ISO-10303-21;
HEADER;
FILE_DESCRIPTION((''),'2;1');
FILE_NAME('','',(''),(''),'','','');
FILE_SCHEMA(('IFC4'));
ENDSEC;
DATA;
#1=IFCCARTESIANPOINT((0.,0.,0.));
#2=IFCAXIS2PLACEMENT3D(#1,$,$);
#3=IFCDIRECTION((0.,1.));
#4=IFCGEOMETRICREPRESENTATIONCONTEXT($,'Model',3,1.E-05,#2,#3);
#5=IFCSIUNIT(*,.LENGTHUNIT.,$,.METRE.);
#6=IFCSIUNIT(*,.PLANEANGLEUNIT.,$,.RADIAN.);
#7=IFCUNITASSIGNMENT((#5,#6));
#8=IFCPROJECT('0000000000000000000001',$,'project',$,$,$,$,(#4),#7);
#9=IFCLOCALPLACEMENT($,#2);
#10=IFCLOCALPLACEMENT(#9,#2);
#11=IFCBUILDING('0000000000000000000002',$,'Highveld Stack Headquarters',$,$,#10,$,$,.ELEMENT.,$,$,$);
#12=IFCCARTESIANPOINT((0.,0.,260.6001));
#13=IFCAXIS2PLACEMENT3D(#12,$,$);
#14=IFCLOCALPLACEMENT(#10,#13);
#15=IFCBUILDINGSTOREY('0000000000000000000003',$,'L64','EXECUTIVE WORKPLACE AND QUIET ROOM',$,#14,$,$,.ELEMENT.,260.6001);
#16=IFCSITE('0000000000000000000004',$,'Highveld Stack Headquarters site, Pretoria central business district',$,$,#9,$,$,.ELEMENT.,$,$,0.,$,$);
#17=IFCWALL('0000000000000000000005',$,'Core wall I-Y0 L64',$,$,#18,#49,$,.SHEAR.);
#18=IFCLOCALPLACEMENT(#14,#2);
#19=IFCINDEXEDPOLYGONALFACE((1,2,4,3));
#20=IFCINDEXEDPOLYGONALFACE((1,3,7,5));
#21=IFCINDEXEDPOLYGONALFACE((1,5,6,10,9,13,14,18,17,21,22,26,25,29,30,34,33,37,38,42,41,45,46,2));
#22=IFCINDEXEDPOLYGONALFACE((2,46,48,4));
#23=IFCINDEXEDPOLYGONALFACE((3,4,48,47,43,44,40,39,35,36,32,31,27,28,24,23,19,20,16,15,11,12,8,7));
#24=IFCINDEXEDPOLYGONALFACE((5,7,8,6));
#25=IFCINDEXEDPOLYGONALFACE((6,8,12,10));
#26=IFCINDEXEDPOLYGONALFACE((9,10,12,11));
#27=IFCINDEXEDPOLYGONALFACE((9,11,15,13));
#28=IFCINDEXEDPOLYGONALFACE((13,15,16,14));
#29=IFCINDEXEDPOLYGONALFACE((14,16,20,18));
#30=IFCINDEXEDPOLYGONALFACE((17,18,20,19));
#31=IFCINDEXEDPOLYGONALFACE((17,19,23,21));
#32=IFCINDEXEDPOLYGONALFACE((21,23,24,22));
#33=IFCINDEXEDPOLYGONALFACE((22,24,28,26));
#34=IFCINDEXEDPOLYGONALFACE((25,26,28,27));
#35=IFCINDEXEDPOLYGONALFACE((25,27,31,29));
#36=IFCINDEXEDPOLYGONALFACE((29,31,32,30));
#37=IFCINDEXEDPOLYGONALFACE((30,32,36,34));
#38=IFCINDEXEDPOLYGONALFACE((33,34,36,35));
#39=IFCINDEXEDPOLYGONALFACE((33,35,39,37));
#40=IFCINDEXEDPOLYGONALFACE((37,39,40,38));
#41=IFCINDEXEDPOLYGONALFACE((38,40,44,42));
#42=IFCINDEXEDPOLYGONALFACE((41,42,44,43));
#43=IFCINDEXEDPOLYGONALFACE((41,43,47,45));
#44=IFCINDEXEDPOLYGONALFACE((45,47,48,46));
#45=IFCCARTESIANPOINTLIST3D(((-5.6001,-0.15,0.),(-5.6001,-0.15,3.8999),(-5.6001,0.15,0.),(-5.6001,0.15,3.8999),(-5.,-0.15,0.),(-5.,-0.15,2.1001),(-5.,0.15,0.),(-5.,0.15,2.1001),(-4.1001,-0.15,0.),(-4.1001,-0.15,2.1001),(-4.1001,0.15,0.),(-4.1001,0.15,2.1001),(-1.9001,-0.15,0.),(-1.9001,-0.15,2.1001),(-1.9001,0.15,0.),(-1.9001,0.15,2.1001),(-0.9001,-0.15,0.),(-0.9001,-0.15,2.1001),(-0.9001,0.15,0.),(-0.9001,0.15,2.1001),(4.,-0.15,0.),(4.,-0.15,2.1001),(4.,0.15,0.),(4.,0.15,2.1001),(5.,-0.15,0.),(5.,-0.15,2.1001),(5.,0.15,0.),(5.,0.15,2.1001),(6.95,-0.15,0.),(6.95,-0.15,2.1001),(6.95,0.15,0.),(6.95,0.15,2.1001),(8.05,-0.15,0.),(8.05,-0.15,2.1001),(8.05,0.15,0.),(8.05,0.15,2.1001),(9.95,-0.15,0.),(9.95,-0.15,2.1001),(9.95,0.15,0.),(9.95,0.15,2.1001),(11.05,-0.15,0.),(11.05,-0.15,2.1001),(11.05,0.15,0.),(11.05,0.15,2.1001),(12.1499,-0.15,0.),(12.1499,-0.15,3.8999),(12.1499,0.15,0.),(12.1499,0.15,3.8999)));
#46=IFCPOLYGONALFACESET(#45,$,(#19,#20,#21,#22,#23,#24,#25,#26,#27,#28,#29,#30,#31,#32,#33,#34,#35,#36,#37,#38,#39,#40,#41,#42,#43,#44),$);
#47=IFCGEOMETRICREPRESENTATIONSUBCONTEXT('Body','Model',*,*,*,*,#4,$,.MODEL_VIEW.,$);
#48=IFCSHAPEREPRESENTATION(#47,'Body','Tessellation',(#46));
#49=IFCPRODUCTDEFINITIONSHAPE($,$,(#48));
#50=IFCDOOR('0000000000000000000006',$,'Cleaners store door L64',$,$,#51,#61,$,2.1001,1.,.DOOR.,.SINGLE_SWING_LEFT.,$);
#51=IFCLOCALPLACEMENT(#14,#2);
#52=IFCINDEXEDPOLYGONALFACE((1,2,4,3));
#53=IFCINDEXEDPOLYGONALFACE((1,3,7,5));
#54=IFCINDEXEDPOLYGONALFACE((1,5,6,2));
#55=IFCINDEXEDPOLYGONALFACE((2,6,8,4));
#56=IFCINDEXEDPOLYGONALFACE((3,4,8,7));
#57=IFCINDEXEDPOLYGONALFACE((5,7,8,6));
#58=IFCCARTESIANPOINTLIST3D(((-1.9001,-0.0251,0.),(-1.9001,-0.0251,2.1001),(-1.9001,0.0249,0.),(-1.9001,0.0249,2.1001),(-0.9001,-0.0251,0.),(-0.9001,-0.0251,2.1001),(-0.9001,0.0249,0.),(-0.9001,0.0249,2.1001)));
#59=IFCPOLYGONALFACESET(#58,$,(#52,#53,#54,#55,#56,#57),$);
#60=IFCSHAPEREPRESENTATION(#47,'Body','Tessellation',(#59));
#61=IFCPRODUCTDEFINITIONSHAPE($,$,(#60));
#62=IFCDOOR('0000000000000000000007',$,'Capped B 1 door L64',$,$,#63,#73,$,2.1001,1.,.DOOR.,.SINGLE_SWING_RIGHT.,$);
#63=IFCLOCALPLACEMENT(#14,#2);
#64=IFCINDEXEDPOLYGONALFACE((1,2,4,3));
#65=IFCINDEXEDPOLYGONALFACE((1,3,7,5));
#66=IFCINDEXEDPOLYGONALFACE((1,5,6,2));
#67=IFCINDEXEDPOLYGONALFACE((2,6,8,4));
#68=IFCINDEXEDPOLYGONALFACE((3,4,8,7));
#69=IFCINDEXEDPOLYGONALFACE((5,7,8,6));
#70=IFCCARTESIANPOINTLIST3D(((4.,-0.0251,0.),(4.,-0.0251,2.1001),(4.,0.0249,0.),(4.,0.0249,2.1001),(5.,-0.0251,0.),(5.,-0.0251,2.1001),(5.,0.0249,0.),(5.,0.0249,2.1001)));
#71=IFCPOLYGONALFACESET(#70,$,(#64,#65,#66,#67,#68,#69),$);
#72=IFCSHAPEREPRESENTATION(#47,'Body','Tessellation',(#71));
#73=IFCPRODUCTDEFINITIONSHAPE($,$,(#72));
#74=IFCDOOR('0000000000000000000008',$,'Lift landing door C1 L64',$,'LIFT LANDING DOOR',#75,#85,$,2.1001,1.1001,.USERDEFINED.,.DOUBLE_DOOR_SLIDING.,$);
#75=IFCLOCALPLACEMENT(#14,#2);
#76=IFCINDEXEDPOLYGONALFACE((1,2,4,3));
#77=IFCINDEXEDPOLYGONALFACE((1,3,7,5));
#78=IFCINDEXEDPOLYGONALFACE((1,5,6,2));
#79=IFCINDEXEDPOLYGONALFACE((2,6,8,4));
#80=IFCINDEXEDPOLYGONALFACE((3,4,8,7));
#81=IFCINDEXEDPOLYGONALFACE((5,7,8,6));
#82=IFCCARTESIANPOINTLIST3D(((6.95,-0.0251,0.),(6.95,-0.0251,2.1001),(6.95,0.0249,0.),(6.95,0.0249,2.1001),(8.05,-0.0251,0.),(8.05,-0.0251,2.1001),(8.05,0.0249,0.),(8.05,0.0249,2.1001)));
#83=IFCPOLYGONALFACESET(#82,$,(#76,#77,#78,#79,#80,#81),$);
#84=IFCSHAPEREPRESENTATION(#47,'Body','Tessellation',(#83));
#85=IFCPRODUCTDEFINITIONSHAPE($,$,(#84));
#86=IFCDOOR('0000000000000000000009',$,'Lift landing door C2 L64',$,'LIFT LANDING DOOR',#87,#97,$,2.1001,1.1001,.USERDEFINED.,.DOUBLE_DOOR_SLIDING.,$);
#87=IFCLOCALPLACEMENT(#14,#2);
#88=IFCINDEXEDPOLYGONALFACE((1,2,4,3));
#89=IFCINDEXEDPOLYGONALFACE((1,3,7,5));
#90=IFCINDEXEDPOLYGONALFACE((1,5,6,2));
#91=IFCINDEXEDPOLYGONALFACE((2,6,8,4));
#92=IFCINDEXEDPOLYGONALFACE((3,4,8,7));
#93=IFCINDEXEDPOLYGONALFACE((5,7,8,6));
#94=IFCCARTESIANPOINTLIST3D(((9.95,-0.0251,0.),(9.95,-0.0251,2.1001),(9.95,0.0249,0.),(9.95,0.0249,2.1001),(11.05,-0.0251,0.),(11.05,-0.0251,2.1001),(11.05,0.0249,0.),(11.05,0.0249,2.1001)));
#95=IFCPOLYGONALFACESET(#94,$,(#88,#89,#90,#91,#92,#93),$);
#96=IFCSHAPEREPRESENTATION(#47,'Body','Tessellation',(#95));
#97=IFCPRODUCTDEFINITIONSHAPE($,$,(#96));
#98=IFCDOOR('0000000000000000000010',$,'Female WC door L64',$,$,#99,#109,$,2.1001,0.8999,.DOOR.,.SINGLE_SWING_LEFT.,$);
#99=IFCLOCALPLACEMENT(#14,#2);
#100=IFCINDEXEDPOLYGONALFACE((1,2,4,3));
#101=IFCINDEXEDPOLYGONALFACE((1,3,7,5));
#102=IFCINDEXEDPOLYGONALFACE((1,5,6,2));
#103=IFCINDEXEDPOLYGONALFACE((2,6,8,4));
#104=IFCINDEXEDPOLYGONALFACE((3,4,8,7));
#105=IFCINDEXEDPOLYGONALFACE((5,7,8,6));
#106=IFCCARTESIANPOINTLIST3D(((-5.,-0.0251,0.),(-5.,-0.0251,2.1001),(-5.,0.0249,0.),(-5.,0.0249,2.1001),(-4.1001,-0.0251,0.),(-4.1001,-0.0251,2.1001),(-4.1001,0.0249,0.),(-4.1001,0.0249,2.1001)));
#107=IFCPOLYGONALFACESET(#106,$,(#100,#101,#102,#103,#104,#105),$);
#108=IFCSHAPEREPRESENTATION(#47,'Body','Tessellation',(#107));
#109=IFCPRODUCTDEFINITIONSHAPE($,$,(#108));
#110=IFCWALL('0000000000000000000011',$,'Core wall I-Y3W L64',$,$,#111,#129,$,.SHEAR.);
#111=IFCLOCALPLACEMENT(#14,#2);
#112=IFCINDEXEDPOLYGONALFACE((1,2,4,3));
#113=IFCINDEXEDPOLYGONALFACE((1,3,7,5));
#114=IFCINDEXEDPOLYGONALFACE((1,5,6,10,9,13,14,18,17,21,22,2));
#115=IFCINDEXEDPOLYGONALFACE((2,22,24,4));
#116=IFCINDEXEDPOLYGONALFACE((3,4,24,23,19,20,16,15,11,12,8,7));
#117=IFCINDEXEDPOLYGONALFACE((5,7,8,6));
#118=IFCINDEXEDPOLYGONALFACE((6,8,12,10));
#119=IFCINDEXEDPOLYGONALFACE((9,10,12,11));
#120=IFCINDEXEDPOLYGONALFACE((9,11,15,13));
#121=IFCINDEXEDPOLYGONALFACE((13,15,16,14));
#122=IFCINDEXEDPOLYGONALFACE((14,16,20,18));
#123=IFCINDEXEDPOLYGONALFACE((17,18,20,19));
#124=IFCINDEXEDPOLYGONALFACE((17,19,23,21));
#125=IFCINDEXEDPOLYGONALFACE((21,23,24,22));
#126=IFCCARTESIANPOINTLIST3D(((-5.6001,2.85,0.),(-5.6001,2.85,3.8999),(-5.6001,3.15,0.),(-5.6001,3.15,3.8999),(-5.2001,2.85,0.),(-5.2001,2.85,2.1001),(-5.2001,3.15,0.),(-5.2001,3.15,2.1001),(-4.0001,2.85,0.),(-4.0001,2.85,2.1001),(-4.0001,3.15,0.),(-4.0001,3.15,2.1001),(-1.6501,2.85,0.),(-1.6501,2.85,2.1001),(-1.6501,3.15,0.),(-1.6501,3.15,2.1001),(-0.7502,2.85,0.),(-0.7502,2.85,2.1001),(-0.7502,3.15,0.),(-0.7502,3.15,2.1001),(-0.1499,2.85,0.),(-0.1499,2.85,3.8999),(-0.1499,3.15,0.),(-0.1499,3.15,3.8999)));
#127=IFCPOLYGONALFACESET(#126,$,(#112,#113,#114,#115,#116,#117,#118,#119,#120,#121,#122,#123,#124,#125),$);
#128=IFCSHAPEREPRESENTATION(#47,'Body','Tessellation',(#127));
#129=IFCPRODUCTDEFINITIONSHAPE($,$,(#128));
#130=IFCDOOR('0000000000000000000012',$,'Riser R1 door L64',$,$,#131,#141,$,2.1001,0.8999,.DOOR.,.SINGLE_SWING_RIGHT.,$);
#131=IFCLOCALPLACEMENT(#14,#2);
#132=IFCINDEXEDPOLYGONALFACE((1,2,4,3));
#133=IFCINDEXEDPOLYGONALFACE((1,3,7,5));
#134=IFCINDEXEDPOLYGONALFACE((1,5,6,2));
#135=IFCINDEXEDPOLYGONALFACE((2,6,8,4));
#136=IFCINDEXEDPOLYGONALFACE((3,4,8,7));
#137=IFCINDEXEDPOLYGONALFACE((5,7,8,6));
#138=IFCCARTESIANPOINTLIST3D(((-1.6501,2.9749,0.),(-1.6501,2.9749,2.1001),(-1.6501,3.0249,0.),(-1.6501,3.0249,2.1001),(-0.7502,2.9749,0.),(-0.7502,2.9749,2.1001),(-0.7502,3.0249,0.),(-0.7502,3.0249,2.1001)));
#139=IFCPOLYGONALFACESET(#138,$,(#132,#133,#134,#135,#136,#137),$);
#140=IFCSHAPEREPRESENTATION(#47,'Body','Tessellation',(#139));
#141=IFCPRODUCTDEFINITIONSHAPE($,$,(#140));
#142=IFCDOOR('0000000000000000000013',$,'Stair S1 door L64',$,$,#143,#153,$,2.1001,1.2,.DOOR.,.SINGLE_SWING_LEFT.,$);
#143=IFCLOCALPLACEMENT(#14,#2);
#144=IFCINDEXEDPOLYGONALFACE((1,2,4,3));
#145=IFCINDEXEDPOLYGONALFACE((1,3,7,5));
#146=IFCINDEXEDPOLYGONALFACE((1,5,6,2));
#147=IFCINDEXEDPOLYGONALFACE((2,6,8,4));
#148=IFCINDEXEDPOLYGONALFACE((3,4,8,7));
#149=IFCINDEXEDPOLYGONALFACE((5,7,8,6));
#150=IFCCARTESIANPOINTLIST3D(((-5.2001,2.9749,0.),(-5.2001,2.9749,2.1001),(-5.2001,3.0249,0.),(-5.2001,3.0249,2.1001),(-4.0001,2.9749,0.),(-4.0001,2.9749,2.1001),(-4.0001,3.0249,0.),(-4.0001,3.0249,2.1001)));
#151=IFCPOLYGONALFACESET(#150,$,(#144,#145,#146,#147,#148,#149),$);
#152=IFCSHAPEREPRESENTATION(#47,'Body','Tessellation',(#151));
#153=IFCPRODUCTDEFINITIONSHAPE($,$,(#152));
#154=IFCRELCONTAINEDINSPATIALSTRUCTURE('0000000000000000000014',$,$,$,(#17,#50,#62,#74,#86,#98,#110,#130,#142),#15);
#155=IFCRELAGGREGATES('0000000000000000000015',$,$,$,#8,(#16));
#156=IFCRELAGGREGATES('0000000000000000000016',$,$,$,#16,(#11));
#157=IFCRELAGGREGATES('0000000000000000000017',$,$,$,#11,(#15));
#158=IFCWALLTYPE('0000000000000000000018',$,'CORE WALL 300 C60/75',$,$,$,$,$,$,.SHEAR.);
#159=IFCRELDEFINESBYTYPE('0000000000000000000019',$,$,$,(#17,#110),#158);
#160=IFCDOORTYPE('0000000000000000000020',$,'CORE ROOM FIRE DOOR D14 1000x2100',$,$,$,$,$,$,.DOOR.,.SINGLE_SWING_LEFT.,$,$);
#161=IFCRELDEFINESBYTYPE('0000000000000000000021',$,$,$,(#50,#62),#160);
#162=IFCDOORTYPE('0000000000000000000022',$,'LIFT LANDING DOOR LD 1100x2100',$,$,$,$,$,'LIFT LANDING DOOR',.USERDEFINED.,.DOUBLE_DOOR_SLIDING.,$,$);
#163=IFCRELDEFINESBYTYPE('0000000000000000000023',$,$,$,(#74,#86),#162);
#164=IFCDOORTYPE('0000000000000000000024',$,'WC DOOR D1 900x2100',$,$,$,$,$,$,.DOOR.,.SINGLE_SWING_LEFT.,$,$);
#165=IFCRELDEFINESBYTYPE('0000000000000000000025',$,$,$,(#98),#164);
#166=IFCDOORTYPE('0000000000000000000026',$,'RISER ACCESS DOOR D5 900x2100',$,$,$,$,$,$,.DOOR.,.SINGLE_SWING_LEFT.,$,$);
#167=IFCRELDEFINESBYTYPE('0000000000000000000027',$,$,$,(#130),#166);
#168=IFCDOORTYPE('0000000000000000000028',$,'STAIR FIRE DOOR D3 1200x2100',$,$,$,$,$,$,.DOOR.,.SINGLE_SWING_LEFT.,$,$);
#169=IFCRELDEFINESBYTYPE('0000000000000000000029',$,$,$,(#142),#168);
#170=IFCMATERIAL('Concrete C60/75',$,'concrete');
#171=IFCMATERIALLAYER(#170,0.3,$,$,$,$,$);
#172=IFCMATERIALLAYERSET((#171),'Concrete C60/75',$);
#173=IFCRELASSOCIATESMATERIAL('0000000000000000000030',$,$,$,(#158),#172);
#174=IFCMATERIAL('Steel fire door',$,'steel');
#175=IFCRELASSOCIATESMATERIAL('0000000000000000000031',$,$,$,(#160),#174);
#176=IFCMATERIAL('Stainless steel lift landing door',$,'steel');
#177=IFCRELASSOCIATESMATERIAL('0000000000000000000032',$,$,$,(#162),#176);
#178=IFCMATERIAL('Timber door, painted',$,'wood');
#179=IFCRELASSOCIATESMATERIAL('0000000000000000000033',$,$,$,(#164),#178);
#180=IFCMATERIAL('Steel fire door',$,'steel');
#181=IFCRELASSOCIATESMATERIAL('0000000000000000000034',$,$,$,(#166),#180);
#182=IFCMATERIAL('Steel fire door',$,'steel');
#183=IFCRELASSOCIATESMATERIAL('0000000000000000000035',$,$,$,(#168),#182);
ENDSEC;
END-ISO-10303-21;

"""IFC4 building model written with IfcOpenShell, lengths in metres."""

from ifc_helpers import new_model, si_unit, direction, frame, frame_2d, origin, place, context, subcontext, project, spatial, rectangle, extrude, material, layer, layer_set, type_object, element, fill, save


model = new_model("IFC4")

# Units and contexts
model_context = context("Model", 3, precision=1e-05, world=origin(), true_north=direction((0.0, 1.0)))
body_context = subcontext(model_context, "Body", "Model", "MODEL_VIEW")
ifc_project = project(units=[si_unit("LENGTHUNIT", "METRE"), si_unit("PLANEANGLEUNIT", "RADIAN")], contexts=[model_context])

# Site, building, storey
site_placement = place(None, origin())
site = spatial("IfcSite", under=ifc_project, at=site_placement, Name="Highveld Stack Headquarters site, Pretoria central business district", CompositionType="ELEMENT", RefElevation=0.0)
building_placement = place(site_placement, origin())
building = spatial("IfcBuilding", under=site, at=building_placement, Name="Highveld Stack Headquarters", CompositionType="ELEMENT")
storey_placement = place(building_placement, frame((0.0, 0.0, 260.6001)))
storey = spatial("IfcBuildingStorey", under=building, at=storey_placement, Name="L64", Description="EXECUTIVE WORKPLACE AND QUIET ROOM", CompositionType="ELEMENT", Elevation=260.6001)

# Walls, openings, doors
ifc_material_1 = material(Name="Concrete C60/75", Category="concrete")
ifc_layer_1 = layer(ifc_material_1, 0.3)
ifc_layer_set_1 = layer_set([ifc_layer_1], Name="Concrete C60/75")
wall_type_1 = type_object("IfcWallType", Name="CORE WALL 300 C60/75", PredefinedType="SHEAR", material=ifc_layer_set_1)
wall_1_placement = place(storey_placement, frame((-5.6001, 0.0, 0.0), z_axis=(0.0, 0.0, 1.0), x_axis=(1.0, 0.0, 0.0)))
wall_1 = element("IfcWall", 1, at=wall_1_placement, inside=storey, type_object=wall_type_1, Name="Core wall I-Y0 L64", PredefinedType="SHEAR", context=body_context, shape_type="SweptSolid", body=[
    extrude(rectangle(XDim=17.75, YDim=0.3, at=frame_2d((8.875, 0.0))), origin(), (0.0, 0.0, 1.0), 3.8999),
])
opening_1_placement = place(wall_1_placement, frame((0.6001, 0.0, 0.0)))
opening_1 = element("IfcOpeningElement", 2, at=opening_1_placement, cuts=wall_1, PredefinedType="OPENING", context=body_context, shape_type="SweptSolid", body=[
    extrude(rectangle(XDim=0.8999, YDim=2.1001, at=frame_2d((0.45, 1.05))), frame((0.0, 0.1599, 0.0), z_axis=(0.0, -1.0, 0.0), x_axis=(1.0, 0.0, 0.0)), (0.0, 0.0, 1.0), 0.3201),
])
opening_2_placement = place(wall_1_placement, frame((3.7, 0.0, 0.0)))
opening_2 = element("IfcOpeningElement", 3, at=opening_2_placement, cuts=wall_1, PredefinedType="OPENING", context=body_context, shape_type="SweptSolid", body=[
    extrude(rectangle(XDim=1.0, YDim=2.1001, at=frame_2d((0.5, 1.05))), frame((0.0, 0.1599, 0.0), z_axis=(0.0, -1.0, 0.0), x_axis=(1.0, 0.0, 0.0)), (0.0, 0.0, 1.0), 0.3201),
])
opening_3_placement = place(wall_1_placement, frame((9.6001, 0.0, 0.0)))
opening_3 = element("IfcOpeningElement", 4, at=opening_3_placement, cuts=wall_1, PredefinedType="OPENING", context=body_context, shape_type="SweptSolid", body=[
    extrude(rectangle(XDim=1.0, YDim=2.1001, at=frame_2d((0.5, 1.05))), frame((0.0, 0.1599, 0.0), z_axis=(0.0, -1.0, 0.0), x_axis=(1.0, 0.0, 0.0)), (0.0, 0.0, 1.0), 0.3201),
])
opening_4_placement = place(wall_1_placement, frame((12.55, 0.0, 0.0)))
opening_4 = element("IfcOpeningElement", 5, at=opening_4_placement, cuts=wall_1, PredefinedType="OPENING", context=body_context, shape_type="SweptSolid", body=[
    extrude(rectangle(XDim=1.1001, YDim=2.1001, at=frame_2d((0.55, 1.05))), frame((0.0, 0.1599, 0.0), z_axis=(0.0, -1.0, 0.0), x_axis=(1.0, 0.0, 0.0)), (0.0, 0.0, 1.0), 0.3201),
])
opening_5_placement = place(wall_1_placement, frame((15.55, 0.0, 0.0)))
opening_5 = element("IfcOpeningElement", 6, at=opening_5_placement, cuts=wall_1, PredefinedType="OPENING", context=body_context, shape_type="SweptSolid", body=[
    extrude(rectangle(XDim=1.1001, YDim=2.1001, at=frame_2d((0.55, 1.05))), frame((0.0, 0.1599, 0.0), z_axis=(0.0, -1.0, 0.0), x_axis=(1.0, 0.0, 0.0)), (0.0, 0.0, 1.0), 0.3201),
])
ifc_material_2 = material(Name="Steel fire door", Category="steel")
door_type_1 = type_object("IfcDoorType", Name="CORE ROOM FIRE DOOR D14 1000x2100", OperationType="SINGLE_SWING_LEFT", PredefinedType="DOOR", material=ifc_material_2)
door_1_placement = place(opening_2_placement, origin())
door_1 = element("IfcDoor", 7, at=door_1_placement, inside=storey, type_object=door_type_1, Name="Cleaners store door L64", OperationType="SINGLE_SWING_LEFT", OverallHeight=2.1001, OverallWidth=1.0, PredefinedType="DOOR", context=body_context, shape_type="SweptSolid", body=[
    extrude(rectangle(XDim=1.0, YDim=2.1001, at=frame_2d((0.5, 1.05))), frame((0.0, 0.0249, 0.0), z_axis=(0.0, -1.0, 0.0), x_axis=(1.0, 0.0, 0.0)), (0.0, 0.0, 1.0), 0.05),
])
fill(opening_2, door_1)
door_2_placement = place(opening_3_placement, origin())
door_2 = element("IfcDoor", 8, at=door_2_placement, inside=storey, type_object=door_type_1, Name="Capped B 1 door L64", OperationType="SINGLE_SWING_RIGHT", OverallHeight=2.1001, OverallWidth=1.0, PredefinedType="DOOR", context=body_context, shape_type="SweptSolid", body=[
    extrude(rectangle(XDim=1.0, YDim=2.1001, at=frame_2d((0.5, 1.05))), frame((0.0, 0.0249, 0.0), z_axis=(0.0, -1.0, 0.0), x_axis=(1.0, 0.0, 0.0)), (0.0, 0.0, 1.0), 0.05),
])
fill(opening_3, door_2)
ifc_material_3 = material(Name="Stainless steel lift landing door", Category="steel")
door_type_2 = type_object("IfcDoorType", Name="LIFT LANDING DOOR LD 1100x2100", ElementType="LIFT LANDING DOOR", OperationType="DOUBLE_DOOR_SLIDING", PredefinedType="USERDEFINED", material=ifc_material_3)
door_3_placement = place(opening_4_placement, origin())
door_3 = element("IfcDoor", 9, at=door_3_placement, inside=storey, type_object=door_type_2, Name="Lift landing door C1 L64", ObjectType="LIFT LANDING DOOR", OperationType="DOUBLE_DOOR_SLIDING", OverallHeight=2.1001, OverallWidth=1.1001, PredefinedType="USERDEFINED", context=body_context, shape_type="SweptSolid", body=[
    extrude(rectangle(XDim=1.1001, YDim=2.1001, at=frame_2d((0.55, 1.05))), frame((0.0, 0.0249, 0.0), z_axis=(0.0, -1.0, 0.0), x_axis=(1.0, 0.0, 0.0)), (0.0, 0.0, 1.0), 0.05),
])
fill(opening_4, door_3)
door_4_placement = place(opening_5_placement, origin())
door_4 = element("IfcDoor", 10, at=door_4_placement, inside=storey, type_object=door_type_2, Name="Lift landing door C2 L64", ObjectType="LIFT LANDING DOOR", OperationType="DOUBLE_DOOR_SLIDING", OverallHeight=2.1001, OverallWidth=1.1001, PredefinedType="USERDEFINED", context=body_context, shape_type="SweptSolid", body=[
    extrude(rectangle(XDim=1.1001, YDim=2.1001, at=frame_2d((0.55, 1.05))), frame((0.0, 0.0249, 0.0), z_axis=(0.0, -1.0, 0.0), x_axis=(1.0, 0.0, 0.0)), (0.0, 0.0, 1.0), 0.05),
])
fill(opening_5, door_4)
ifc_material_4 = material(Name="Timber door, painted", Category="wood")
door_type_3 = type_object("IfcDoorType", Name="WC DOOR D1 900x2100", OperationType="SINGLE_SWING_LEFT", PredefinedType="DOOR", material=ifc_material_4)
door_5_placement = place(opening_1_placement, origin())
door_5 = element("IfcDoor", 11, at=door_5_placement, inside=storey, type_object=door_type_3, Name="Female WC door L64", OperationType="SINGLE_SWING_LEFT", OverallHeight=2.1001, OverallWidth=0.8999, PredefinedType="DOOR", context=body_context, shape_type="SweptSolid", body=[
    extrude(rectangle(XDim=0.8999, YDim=2.1001, at=frame_2d((0.45, 1.05))), frame((0.0, 0.0249, 0.0), z_axis=(0.0, -1.0, 0.0), x_axis=(1.0, 0.0, 0.0)), (0.0, 0.0, 1.0), 0.05),
])
fill(opening_1, door_5)
wall_2_placement = place(storey_placement, frame((-5.6001, 3.0, 0.0), z_axis=(0.0, 0.0, 1.0), x_axis=(1.0, 0.0, 0.0)))
wall_2 = element("IfcWall", 12, at=wall_2_placement, inside=storey, type_object=wall_type_1, Name="Core wall I-Y3W L64", PredefinedType="SHEAR", context=body_context, shape_type="SweptSolid", body=[
    extrude(rectangle(XDim=5.4502, YDim=0.3, at=frame_2d((2.7251, 0.0))), origin(), (0.0, 0.0, 1.0), 3.8999),
])
opening_6_placement = place(wall_2_placement, frame((0.3999, 0.0, 0.0)))
opening_6 = element("IfcOpeningElement", 13, at=opening_6_placement, cuts=wall_2, PredefinedType="OPENING", context=body_context, shape_type="SweptSolid", body=[
    extrude(rectangle(XDim=1.2, YDim=2.1001, at=frame_2d((0.6001, 1.05))), frame((0.0, 0.1599, 0.0), z_axis=(0.0, -1.0, 0.0), x_axis=(1.0, 0.0, 0.0)), (0.0, 0.0, 1.0), 0.3201),
])
opening_7_placement = place(wall_2_placement, frame((3.95, 0.0, 0.0)))
opening_7 = element("IfcOpeningElement", 14, at=opening_7_placement, cuts=wall_2, PredefinedType="OPENING", context=body_context, shape_type="SweptSolid", body=[
    extrude(rectangle(XDim=0.8999, YDim=2.1001, at=frame_2d((0.45, 1.05))), frame((0.0, 0.1599, 0.0), z_axis=(0.0, -1.0, 0.0), x_axis=(1.0, 0.0, 0.0)), (0.0, 0.0, 1.0), 0.3201),
])
ifc_material_5 = material(Name="Steel fire door", Category="steel")
door_type_4 = type_object("IfcDoorType", Name="RISER ACCESS DOOR D5 900x2100", OperationType="SINGLE_SWING_LEFT", PredefinedType="DOOR", material=ifc_material_5)
door_6_placement = place(opening_7_placement, origin())
door_6 = element("IfcDoor", 15, at=door_6_placement, inside=storey, type_object=door_type_4, Name="Riser R1 door L64", OperationType="SINGLE_SWING_RIGHT", OverallHeight=2.1001, OverallWidth=0.8999, PredefinedType="DOOR", context=body_context, shape_type="SweptSolid", body=[
    extrude(rectangle(XDim=0.8999, YDim=2.1001, at=frame_2d((0.45, 1.05))), frame((0.0, 0.0249, 0.0), z_axis=(0.0, -1.0, 0.0), x_axis=(1.0, 0.0, 0.0)), (0.0, 0.0, 1.0), 0.05),
])
fill(opening_7, door_6)
ifc_material_6 = material(Name="Steel fire door", Category="steel")
door_type_5 = type_object("IfcDoorType", Name="STAIR FIRE DOOR D3 1200x2100", OperationType="SINGLE_SWING_LEFT", PredefinedType="DOOR", material=ifc_material_6)
door_7_placement = place(opening_6_placement, origin())
door_7 = element("IfcDoor", 16, at=door_7_placement, inside=storey, type_object=door_type_5, Name="Stair S1 door L64", OperationType="SINGLE_SWING_LEFT", OverallHeight=2.1001, OverallWidth=1.2, PredefinedType="DOOR", context=body_context, shape_type="SweptSolid", body=[
    extrude(rectangle(XDim=1.2, YDim=2.1001, at=frame_2d((0.6001, 1.05))), frame((0.0, 0.0249, 0.0), z_axis=(0.0, -1.0, 0.0), x_axis=(1.0, 0.0, 0.0)), (0.0, 0.0, 1.0), 0.05),
])
fill(opening_6, door_7)

save(model, "model.ifc")
